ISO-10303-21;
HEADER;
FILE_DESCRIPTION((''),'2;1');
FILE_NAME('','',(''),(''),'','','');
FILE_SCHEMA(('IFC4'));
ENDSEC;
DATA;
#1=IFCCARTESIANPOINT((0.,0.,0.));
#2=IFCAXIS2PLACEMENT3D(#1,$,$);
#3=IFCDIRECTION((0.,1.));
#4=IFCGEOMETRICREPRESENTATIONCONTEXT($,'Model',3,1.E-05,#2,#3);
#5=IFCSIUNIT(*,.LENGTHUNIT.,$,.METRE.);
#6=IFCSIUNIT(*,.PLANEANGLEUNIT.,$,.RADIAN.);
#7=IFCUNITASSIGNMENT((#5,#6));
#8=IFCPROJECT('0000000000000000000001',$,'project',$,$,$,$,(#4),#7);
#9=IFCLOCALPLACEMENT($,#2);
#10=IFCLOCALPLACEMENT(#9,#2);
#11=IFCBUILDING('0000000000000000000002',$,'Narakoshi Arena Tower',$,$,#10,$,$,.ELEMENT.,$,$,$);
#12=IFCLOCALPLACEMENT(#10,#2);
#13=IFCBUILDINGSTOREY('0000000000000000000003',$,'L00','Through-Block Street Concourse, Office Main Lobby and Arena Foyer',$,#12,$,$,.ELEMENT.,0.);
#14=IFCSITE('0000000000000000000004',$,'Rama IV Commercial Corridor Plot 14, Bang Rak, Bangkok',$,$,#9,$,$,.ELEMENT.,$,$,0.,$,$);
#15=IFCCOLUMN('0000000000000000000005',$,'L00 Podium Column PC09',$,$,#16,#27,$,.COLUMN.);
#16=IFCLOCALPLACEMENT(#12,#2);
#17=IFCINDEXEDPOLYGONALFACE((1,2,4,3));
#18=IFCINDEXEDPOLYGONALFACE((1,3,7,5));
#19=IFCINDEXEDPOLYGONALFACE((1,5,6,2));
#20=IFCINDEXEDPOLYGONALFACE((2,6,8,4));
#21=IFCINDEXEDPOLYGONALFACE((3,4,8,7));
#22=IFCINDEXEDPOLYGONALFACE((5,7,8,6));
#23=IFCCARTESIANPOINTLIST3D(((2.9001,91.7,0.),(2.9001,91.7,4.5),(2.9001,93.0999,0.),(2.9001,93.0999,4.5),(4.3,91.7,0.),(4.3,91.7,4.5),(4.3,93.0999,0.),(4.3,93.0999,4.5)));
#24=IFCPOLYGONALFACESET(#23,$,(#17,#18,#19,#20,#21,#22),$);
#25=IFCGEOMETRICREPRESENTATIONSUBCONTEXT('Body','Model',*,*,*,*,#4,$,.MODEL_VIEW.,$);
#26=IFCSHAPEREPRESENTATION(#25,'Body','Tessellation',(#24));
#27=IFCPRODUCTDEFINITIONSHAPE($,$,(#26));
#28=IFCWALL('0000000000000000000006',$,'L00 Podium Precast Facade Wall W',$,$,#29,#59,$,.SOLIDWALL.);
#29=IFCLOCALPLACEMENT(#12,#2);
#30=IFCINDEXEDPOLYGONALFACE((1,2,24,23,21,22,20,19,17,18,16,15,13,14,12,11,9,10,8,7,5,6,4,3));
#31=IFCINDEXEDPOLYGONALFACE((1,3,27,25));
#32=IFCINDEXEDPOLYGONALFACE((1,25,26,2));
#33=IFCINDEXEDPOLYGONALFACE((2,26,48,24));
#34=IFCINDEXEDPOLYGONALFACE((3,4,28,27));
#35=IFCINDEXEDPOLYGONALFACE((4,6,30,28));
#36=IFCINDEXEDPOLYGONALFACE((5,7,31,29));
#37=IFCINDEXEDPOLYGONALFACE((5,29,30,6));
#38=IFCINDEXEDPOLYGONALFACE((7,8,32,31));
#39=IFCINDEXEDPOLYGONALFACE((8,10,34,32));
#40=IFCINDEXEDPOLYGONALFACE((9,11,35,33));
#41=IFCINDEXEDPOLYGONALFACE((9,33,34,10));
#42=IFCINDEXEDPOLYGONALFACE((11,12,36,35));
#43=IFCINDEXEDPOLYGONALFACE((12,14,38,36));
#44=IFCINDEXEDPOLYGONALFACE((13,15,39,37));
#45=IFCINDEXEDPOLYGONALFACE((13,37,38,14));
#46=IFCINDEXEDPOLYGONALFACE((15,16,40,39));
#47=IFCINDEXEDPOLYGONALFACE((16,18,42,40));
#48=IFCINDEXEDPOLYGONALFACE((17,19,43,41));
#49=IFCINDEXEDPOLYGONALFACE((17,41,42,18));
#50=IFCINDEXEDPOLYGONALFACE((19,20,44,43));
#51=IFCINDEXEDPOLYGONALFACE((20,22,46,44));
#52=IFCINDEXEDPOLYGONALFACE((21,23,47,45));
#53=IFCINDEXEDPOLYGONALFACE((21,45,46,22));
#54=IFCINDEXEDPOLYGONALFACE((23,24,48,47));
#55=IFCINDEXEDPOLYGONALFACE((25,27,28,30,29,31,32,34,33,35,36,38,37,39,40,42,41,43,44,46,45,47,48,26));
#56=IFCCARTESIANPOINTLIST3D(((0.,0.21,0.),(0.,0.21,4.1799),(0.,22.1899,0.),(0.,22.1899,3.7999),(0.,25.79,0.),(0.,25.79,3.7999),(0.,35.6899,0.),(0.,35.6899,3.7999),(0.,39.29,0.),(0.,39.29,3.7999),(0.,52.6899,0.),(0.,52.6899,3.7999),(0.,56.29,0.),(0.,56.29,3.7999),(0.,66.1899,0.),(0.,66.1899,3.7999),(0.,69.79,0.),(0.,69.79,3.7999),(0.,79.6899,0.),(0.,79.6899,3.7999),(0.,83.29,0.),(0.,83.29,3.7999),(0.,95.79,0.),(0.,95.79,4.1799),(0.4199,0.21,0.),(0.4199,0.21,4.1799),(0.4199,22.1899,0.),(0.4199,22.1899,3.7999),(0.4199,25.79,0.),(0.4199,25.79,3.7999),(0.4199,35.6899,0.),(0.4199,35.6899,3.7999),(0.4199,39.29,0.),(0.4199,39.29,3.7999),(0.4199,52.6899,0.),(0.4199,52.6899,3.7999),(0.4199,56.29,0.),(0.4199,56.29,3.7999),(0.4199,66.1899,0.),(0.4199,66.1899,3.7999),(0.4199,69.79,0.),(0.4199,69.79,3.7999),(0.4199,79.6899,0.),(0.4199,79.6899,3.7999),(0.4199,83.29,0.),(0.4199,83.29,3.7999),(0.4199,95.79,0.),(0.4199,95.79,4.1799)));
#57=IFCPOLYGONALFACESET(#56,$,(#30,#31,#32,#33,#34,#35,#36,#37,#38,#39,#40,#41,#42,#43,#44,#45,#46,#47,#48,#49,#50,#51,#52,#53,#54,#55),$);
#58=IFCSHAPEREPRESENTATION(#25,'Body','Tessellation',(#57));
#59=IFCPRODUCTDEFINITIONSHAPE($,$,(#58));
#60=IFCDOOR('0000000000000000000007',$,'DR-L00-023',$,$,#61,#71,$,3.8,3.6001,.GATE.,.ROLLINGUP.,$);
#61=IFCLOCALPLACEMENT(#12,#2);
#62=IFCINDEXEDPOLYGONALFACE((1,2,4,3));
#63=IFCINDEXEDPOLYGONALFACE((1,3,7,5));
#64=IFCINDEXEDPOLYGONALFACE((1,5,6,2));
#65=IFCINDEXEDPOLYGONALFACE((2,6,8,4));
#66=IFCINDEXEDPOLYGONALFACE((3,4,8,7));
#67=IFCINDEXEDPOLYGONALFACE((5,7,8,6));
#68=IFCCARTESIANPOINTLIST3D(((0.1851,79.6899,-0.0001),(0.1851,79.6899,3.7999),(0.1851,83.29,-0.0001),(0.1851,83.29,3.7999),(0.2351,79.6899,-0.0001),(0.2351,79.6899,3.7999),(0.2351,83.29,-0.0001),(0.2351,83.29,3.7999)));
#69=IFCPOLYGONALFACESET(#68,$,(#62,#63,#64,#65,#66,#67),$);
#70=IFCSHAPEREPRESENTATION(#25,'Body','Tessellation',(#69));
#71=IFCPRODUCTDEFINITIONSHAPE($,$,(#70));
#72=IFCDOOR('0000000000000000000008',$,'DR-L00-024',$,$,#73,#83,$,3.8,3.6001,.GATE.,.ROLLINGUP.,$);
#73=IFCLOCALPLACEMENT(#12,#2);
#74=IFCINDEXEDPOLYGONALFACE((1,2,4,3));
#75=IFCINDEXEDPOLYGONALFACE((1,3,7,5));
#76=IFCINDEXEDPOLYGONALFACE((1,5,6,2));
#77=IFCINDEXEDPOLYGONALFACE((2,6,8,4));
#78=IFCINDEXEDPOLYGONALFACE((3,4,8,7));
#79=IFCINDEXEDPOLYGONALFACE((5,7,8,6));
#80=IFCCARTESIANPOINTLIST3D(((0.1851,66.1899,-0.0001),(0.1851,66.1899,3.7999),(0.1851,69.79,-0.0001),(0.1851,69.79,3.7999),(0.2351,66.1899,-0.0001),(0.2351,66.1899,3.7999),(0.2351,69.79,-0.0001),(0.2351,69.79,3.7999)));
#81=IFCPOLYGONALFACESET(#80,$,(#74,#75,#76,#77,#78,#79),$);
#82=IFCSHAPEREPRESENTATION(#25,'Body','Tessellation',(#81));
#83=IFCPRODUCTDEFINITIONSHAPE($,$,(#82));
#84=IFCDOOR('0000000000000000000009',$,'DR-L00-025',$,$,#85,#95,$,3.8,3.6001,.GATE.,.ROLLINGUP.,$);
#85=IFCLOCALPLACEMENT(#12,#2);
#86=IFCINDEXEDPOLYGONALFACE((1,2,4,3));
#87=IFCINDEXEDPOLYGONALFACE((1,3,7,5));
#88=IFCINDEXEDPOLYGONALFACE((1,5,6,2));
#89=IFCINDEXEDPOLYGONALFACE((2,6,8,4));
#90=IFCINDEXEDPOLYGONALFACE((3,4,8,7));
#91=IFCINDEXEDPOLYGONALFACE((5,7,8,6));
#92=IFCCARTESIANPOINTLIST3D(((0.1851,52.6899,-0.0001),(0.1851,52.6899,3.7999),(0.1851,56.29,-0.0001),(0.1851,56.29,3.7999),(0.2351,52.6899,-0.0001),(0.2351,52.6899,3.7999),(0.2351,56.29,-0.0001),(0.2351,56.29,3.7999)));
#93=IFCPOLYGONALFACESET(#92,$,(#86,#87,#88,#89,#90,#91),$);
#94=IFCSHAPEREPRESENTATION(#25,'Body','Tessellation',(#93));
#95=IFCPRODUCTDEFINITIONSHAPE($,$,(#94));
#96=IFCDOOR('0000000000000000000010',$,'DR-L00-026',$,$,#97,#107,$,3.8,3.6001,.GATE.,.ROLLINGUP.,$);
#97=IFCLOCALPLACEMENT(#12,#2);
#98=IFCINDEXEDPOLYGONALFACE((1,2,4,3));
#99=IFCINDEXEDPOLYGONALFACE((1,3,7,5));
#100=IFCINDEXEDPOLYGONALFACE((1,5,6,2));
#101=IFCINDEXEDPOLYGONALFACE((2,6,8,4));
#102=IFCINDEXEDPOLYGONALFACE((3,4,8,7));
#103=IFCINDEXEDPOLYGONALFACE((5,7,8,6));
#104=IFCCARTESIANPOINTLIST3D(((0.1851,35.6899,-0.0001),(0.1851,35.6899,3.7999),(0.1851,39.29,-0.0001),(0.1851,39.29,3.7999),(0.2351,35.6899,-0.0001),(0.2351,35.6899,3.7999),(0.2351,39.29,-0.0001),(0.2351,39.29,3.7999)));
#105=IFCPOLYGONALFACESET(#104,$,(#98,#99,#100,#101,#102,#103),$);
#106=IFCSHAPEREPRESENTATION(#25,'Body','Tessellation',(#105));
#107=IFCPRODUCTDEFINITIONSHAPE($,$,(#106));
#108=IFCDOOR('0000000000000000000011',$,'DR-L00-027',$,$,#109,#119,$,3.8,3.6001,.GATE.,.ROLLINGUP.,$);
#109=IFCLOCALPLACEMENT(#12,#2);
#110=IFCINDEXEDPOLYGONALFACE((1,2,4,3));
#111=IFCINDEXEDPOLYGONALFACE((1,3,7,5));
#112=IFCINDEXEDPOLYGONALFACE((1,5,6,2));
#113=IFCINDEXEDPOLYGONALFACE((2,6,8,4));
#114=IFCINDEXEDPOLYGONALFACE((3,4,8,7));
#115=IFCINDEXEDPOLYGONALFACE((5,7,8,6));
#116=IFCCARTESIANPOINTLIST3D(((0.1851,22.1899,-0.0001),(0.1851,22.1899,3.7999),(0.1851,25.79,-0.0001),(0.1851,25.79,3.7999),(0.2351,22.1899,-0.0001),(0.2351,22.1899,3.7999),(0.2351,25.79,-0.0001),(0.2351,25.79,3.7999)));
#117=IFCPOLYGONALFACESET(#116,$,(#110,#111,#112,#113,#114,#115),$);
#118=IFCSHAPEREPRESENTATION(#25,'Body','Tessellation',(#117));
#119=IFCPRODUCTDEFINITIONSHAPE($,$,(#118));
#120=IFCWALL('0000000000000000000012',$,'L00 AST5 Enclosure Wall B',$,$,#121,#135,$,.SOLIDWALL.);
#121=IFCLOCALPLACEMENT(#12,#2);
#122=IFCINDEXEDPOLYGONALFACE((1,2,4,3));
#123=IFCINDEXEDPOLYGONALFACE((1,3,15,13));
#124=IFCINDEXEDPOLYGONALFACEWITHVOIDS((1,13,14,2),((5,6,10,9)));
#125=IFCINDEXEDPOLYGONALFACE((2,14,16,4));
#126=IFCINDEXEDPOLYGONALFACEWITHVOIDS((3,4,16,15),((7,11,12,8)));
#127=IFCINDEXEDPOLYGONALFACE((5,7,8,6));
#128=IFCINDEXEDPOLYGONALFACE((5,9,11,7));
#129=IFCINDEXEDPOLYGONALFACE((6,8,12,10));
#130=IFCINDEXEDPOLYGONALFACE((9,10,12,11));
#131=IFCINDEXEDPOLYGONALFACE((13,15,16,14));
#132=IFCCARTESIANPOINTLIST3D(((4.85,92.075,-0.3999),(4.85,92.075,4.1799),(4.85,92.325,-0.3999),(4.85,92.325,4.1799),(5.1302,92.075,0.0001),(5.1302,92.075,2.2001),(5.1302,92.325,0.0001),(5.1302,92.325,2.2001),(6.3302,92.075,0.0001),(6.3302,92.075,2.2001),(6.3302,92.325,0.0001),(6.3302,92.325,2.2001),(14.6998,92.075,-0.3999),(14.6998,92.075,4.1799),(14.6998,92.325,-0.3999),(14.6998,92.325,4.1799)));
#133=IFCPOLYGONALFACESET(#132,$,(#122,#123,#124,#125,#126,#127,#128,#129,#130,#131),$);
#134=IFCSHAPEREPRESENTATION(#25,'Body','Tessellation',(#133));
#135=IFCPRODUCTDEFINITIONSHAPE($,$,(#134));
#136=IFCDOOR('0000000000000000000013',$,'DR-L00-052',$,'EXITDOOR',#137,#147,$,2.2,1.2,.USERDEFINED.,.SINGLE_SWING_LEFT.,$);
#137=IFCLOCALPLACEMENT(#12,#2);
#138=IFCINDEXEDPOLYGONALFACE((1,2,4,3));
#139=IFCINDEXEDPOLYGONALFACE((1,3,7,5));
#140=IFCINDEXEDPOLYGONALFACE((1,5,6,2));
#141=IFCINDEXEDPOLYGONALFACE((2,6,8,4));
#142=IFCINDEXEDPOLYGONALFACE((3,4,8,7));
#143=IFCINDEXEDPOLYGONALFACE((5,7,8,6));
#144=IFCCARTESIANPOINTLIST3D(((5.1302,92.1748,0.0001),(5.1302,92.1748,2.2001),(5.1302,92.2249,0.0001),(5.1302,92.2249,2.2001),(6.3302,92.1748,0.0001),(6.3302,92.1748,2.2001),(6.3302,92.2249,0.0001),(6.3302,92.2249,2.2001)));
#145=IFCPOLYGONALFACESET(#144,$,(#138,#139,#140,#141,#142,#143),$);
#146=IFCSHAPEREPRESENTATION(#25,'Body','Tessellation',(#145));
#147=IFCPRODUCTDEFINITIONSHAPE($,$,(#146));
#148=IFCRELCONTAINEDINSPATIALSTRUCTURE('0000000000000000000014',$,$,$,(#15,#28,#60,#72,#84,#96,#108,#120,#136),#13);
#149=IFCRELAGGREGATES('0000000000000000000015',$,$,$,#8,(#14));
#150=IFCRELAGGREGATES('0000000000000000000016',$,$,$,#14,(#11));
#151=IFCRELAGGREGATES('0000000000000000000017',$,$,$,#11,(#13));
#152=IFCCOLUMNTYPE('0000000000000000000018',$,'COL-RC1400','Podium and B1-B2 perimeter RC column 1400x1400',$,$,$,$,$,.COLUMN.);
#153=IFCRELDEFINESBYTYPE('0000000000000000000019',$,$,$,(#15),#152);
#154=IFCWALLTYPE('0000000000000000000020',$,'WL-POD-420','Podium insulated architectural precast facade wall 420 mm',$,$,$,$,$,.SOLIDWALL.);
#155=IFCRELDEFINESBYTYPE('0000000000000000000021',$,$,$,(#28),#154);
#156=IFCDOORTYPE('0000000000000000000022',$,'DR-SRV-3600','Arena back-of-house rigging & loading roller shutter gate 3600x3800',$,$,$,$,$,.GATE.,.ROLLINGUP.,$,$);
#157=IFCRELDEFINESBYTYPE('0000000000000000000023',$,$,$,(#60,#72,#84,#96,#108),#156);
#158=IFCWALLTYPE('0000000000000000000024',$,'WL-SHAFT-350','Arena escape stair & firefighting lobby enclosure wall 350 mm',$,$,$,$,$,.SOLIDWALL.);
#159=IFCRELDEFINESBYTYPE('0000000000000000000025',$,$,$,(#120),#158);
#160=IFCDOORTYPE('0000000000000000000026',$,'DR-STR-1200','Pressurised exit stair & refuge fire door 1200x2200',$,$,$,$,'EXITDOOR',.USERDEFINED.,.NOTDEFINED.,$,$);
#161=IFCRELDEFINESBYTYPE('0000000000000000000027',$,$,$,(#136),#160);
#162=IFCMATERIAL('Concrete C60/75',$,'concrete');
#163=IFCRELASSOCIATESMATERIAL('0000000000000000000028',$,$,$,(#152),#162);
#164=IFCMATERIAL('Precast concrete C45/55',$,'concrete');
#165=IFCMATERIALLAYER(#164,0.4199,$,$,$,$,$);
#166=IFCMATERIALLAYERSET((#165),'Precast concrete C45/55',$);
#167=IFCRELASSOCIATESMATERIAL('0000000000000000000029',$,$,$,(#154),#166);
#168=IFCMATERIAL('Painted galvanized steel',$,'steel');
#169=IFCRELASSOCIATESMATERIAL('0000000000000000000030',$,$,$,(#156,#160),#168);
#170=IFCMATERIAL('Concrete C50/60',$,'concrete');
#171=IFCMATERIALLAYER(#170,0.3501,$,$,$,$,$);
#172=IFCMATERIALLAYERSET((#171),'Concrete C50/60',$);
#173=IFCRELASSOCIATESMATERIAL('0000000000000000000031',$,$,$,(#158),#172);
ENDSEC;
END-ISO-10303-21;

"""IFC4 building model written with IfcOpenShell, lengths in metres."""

from ifc_helpers import new_model, si_unit, direction, frame, frame_2d, origin, origin_2d, place, context, subcontext, project, spatial, rectangle, extrude, material, layer, layer_set, material_profile, profile_set, type_object, element, fill, save


model = new_model("IFC4")

# Units and contexts
model_context = context("Model", 3, precision=1e-05, world=origin(), true_north=direction((0.0, 1.0)))
body_context = subcontext(model_context, "Body", "Model", "MODEL_VIEW")
ifc_project = project(units=[si_unit("LENGTHUNIT", "METRE"), si_unit("PLANEANGLEUNIT", "RADIAN")], contexts=[model_context])

# Site, building, storey
site_placement = place(None, origin())
site = spatial("IfcSite", under=ifc_project, at=site_placement, Name="Rama IV Commercial Corridor Plot 14, Bang Rak, Bangkok", CompositionType="ELEMENT", RefElevation=0.0)
building_placement = place(site_placement, origin())
building = spatial("IfcBuilding", under=site, at=building_placement, Name="Narakoshi Arena Tower", CompositionType="ELEMENT")
storey_placement = place(building_placement, origin())
storey = spatial("IfcBuildingStorey", under=building, at=storey_placement, Name="L00", Description="Through-Block Street Concourse, Office Main Lobby and Arena Foyer", CompositionType="ELEMENT", Elevation=0.0)

# Column
ifc_material_1 = material(Name="Concrete C60/75", Category="concrete")
ifc_material_profile = material_profile(ifc_material_1, rectangle(XDim=1.3999, YDim=1.3999, at=origin_2d()), Name="RC1400x1400")
ifc_profile_set = profile_set([ifc_material_profile], Name="Concrete C60/75")
column_type = type_object("IfcColumnType", Name="COL-RC1400", Description="Podium and B1-B2 perimeter RC column 1400x1400", PredefinedType="COLUMN", material=ifc_profile_set)
column_placement = place(storey_placement, frame((3.6001, 92.3999, 0.0), z_axis=(0.0, 0.0, 1.0), x_axis=(1.0, 0.0, 0.0)))
element("IfcColumn", 1, at=column_placement, inside=storey, type_object=column_type, Name="L00 Podium Column PC09", PredefinedType="COLUMN", context=body_context, shape_type="SweptSolid", body=[
    extrude(rectangle(XDim=1.3999, YDim=1.3999, at=origin_2d()), origin(), (0.0, 0.0, 1.0), 4.5),
])

# Wall, openings, doors
ifc_material_2 = material(Name="Precast concrete C45/55", Category="concrete")
ifc_layer_1 = layer(ifc_material_2, 0.4199)
ifc_layer_set_1 = layer_set([ifc_layer_1], Name="Precast concrete C45/55")
wall_type_1 = type_object("IfcWallType", Name="WL-POD-420", Description="Podium insulated architectural precast facade wall 420 mm", PredefinedType="SOLIDWALL", material=ifc_layer_set_1)
wall_1_placement = place(storey_placement, frame((0.21, 95.79, 0.0), z_axis=(0.0, 0.0, 1.0), x_axis=(0.0, -1.0, 0.0)))
wall_1 = element("IfcWall", 2, at=wall_1_placement, inside=storey, type_object=wall_type_1, Name="L00 Podium Precast Facade Wall W", PredefinedType="SOLIDWALL", context=body_context, shape_type="SweptSolid", body=[
    extrude(rectangle(XDim=95.5801, YDim=0.4199, at=frame_2d((47.79, 0.0))), origin(), (0.0, 0.0, 1.0), 4.1799),
])
opening_1_placement = place(wall_1_placement, frame((12.5, 0.0, 0.0)))
opening_1 = element("IfcOpeningElement", 3, at=opening_1_placement, cuts=wall_1, PredefinedType="OPENING", context=body_context, shape_type="SweptSolid", body=[
    extrude(rectangle(XDim=3.6001, YDim=3.8, at=frame_2d((1.8, 1.8999))), frame((0.0, 0.22, 0.0), z_axis=(0.0, -1.0, 0.0), x_axis=(1.0, 0.0, 0.0)), (0.0, 0.0, 1.0), 0.4399),
])
opening_2_placement = place(wall_1_placement, frame((26.0, 0.0, 0.0)))
opening_2 = element("IfcOpeningElement", 4, at=opening_2_placement, cuts=wall_1, PredefinedType="OPENING", context=body_context, shape_type="SweptSolid", body=[
    extrude(rectangle(XDim=3.6001, YDim=3.8, at=frame_2d((1.8, 1.8999))), frame((0.0, 0.22, 0.0), z_axis=(0.0, -1.0, 0.0), x_axis=(1.0, 0.0, 0.0)), (0.0, 0.0, 1.0), 0.4399),
])
opening_3_placement = place(wall_1_placement, frame((39.5, 0.0, 0.0)))
opening_3 = element("IfcOpeningElement", 5, at=opening_3_placement, cuts=wall_1, PredefinedType="OPENING", context=body_context, shape_type="SweptSolid", body=[
    extrude(rectangle(XDim=3.6001, YDim=3.8, at=frame_2d((1.8, 1.8999))), frame((0.0, 0.22, 0.0), z_axis=(0.0, -1.0, 0.0), x_axis=(1.0, 0.0, 0.0)), (0.0, 0.0, 1.0), 0.4399),
])
opening_4_placement = place(wall_1_placement, frame((56.5, 0.0, 0.0)))
opening_4 = element("IfcOpeningElement", 6, at=opening_4_placement, cuts=wall_1, PredefinedType="OPENING", context=body_context, shape_type="SweptSolid", body=[
    extrude(rectangle(XDim=3.6001, YDim=3.8, at=frame_2d((1.8, 1.8999))), frame((0.0, 0.22, 0.0), z_axis=(0.0, -1.0, 0.0), x_axis=(1.0, 0.0, 0.0)), (0.0, 0.0, 1.0), 0.4399),
])
opening_5_placement = place(wall_1_placement, frame((70.0, 0.0, 0.0)))
opening_5 = element("IfcOpeningElement", 7, at=opening_5_placement, cuts=wall_1, PredefinedType="OPENING", context=body_context, shape_type="SweptSolid", body=[
    extrude(rectangle(XDim=3.6001, YDim=3.8, at=frame_2d((1.8, 1.8999))), frame((0.0, 0.22, 0.0), z_axis=(0.0, -1.0, 0.0), x_axis=(1.0, 0.0, 0.0)), (0.0, 0.0, 1.0), 0.4399),
])
ifc_material_3 = material(Name="Painted galvanized steel", Category="steel")
door_type_1 = type_object("IfcDoorType", Name="DR-SRV-3600", Description="Arena back-of-house rigging & loading roller shutter gate 3600x3800", OperationType="ROLLINGUP", PredefinedType="GATE", material=ifc_material_3)
door_1_placement = place(opening_1_placement, frame((3.6001, 0.0, 0.0), z_axis=(0.0, 0.0, 1.0), x_axis=(-1.0, 0.0, 0.0)))
door_1 = element("IfcDoor", 8, at=door_1_placement, inside=storey, type_object=door_type_1, Name="DR-L00-023", OperationType="ROLLINGUP", OverallHeight=3.8, OverallWidth=3.6001, PredefinedType="GATE", context=body_context, shape_type="SweptSolid", body=[
    extrude(rectangle(XDim=3.6001, YDim=3.8, at=frame_2d((1.8, 1.8999))), frame((0.0, 0.0249, 0.0), z_axis=(0.0, -1.0, 0.0), x_axis=(1.0, 0.0, 0.0)), (0.0, 0.0, 1.0), 0.05),
])
fill(opening_1, door_1)
door_2_placement = place(opening_2_placement, frame((3.6001, 0.0, 0.0), z_axis=(0.0, 0.0, 1.0), x_axis=(-1.0, 0.0, 0.0)))
door_2 = element("IfcDoor", 9, at=door_2_placement, inside=storey, type_object=door_type_1, Name="DR-L00-024", OperationType="ROLLINGUP", OverallHeight=3.8, OverallWidth=3.6001, PredefinedType="GATE", context=body_context, shape_type="SweptSolid", body=[
    extrude(rectangle(XDim=3.6001, YDim=3.8, at=frame_2d((1.8, 1.8999))), frame((0.0, 0.0249, 0.0), z_axis=(0.0, -1.0, 0.0), x_axis=(1.0, 0.0, 0.0)), (0.0, 0.0, 1.0), 0.05),
])
fill(opening_2, door_2)
door_3_placement = place(opening_3_placement, frame((3.6001, 0.0, 0.0), z_axis=(0.0, 0.0, 1.0), x_axis=(-1.0, 0.0, 0.0)))
door_3 = element("IfcDoor", 10, at=door_3_placement, inside=storey, type_object=door_type_1, Name="DR-L00-025", OperationType="ROLLINGUP", OverallHeight=3.8, OverallWidth=3.6001, PredefinedType="GATE", context=body_context, shape_type="SweptSolid", body=[
    extrude(rectangle(XDim=3.6001, YDim=3.8, at=frame_2d((1.8, 1.8999))), frame((0.0, 0.0249, 0.0), z_axis=(0.0, -1.0, 0.0), x_axis=(1.0, 0.0, 0.0)), (0.0, 0.0, 1.0), 0.05),
])
fill(opening_3, door_3)
door_4_placement = place(opening_4_placement, frame((3.6001, 0.0, 0.0), z_axis=(0.0, 0.0, 1.0), x_axis=(-1.0, 0.0, 0.0)))
door_4 = element("IfcDoor", 11, at=door_4_placement, inside=storey, type_object=door_type_1, Name="DR-L00-026", OperationType="ROLLINGUP", OverallHeight=3.8, OverallWidth=3.6001, PredefinedType="GATE", context=body_context, shape_type="SweptSolid", body=[
    extrude(rectangle(XDim=3.6001, YDim=3.8, at=frame_2d((1.8, 1.8999))), frame((0.0, 0.0249, 0.0), z_axis=(0.0, -1.0, 0.0), x_axis=(1.0, 0.0, 0.0)), (0.0, 0.0, 1.0), 0.05),
])
fill(opening_4, door_4)
door_5_placement = place(opening_5_placement, frame((3.6001, 0.0, 0.0), z_axis=(0.0, 0.0, 1.0), x_axis=(-1.0, 0.0, 0.0)))
door_5 = element("IfcDoor", 12, at=door_5_placement, inside=storey, type_object=door_type_1, Name="DR-L00-027", OperationType="ROLLINGUP", OverallHeight=3.8, OverallWidth=3.6001, PredefinedType="GATE", context=body_context, shape_type="SweptSolid", body=[
    extrude(rectangle(XDim=3.6001, YDim=3.8, at=frame_2d((1.8, 1.8999))), frame((0.0, 0.0249, 0.0), z_axis=(0.0, -1.0, 0.0), x_axis=(1.0, 0.0, 0.0)), (0.0, 0.0, 1.0), 0.05),
])
fill(opening_5, door_5)

# Wall, opening, door
ifc_material_4 = material(Name="Concrete C50/60", Category="concrete")
ifc_layer_2 = layer(ifc_material_4, 0.3501)
ifc_layer_set_2 = layer_set([ifc_layer_2], Name="Concrete C50/60")
wall_type_2 = type_object("IfcWallType", Name="WL-SHAFT-350", Description="Arena escape stair & firefighting lobby enclosure wall 350 mm", PredefinedType="SOLIDWALL", material=ifc_layer_set_2)
wall_2_placement = place(storey_placement, frame((4.8501, 92.2, -0.3999), z_axis=(0.0, 0.0, 1.0), x_axis=(1.0, 0.0, 0.0)))
wall_2 = element("IfcWall", 13, at=wall_2_placement, inside=storey, type_object=wall_type_2, Name="L00 AST5 Enclosure Wall B", PredefinedType="SOLIDWALL", context=body_context, shape_type="SweptSolid", body=[
    extrude(rectangle(XDim=9.8499, YDim=0.25, at=frame_2d((4.9248, 0.0))), origin(), (0.0, 0.0, 1.0), 4.5798),
])
opening_6_placement = place(wall_2_placement, frame((0.28, 0.0, 0.3999)))
opening_6 = element("IfcOpeningElement", 14, at=opening_6_placement, cuts=wall_2, PredefinedType="OPENING", context=body_context, shape_type="SweptSolid", body=[
    extrude(rectangle(XDim=1.2, YDim=2.2, at=frame_2d((0.6001, 1.1001))), frame((0.0, 0.135, 0.0), z_axis=(0.0, -1.0, 0.0), x_axis=(1.0, 0.0, 0.0)), (0.0, 0.0, 1.0), 0.27),
])
door_type_2 = type_object("IfcDoorType", Name="DR-STR-1200", Description="Pressurised exit stair & refuge fire door 1200x2200", ElementType="EXITDOOR", OperationType="NOTDEFINED", PredefinedType="USERDEFINED", material=ifc_material_3)
door_6_placement = place(opening_6_placement, origin())
door_6 = element("IfcDoor", 15, at=door_6_placement, inside=storey, type_object=door_type_2, Name="DR-L00-052", ObjectType="EXITDOOR", OperationType="SINGLE_SWING_LEFT", OverallHeight=2.2, OverallWidth=1.2, PredefinedType="USERDEFINED", context=body_context, shape_type="SweptSolid", body=[
    extrude(rectangle(XDim=1.2, YDim=2.2, at=frame_2d((0.6001, 1.1001))), frame((0.0, 0.0249, 0.0), z_axis=(0.0, -1.0, 0.0), x_axis=(1.0, 0.0, 0.0)), (0.0, 0.0, 1.0), 0.05),
])
fill(opening_6, door_6)

save(model, "model.ifc")
